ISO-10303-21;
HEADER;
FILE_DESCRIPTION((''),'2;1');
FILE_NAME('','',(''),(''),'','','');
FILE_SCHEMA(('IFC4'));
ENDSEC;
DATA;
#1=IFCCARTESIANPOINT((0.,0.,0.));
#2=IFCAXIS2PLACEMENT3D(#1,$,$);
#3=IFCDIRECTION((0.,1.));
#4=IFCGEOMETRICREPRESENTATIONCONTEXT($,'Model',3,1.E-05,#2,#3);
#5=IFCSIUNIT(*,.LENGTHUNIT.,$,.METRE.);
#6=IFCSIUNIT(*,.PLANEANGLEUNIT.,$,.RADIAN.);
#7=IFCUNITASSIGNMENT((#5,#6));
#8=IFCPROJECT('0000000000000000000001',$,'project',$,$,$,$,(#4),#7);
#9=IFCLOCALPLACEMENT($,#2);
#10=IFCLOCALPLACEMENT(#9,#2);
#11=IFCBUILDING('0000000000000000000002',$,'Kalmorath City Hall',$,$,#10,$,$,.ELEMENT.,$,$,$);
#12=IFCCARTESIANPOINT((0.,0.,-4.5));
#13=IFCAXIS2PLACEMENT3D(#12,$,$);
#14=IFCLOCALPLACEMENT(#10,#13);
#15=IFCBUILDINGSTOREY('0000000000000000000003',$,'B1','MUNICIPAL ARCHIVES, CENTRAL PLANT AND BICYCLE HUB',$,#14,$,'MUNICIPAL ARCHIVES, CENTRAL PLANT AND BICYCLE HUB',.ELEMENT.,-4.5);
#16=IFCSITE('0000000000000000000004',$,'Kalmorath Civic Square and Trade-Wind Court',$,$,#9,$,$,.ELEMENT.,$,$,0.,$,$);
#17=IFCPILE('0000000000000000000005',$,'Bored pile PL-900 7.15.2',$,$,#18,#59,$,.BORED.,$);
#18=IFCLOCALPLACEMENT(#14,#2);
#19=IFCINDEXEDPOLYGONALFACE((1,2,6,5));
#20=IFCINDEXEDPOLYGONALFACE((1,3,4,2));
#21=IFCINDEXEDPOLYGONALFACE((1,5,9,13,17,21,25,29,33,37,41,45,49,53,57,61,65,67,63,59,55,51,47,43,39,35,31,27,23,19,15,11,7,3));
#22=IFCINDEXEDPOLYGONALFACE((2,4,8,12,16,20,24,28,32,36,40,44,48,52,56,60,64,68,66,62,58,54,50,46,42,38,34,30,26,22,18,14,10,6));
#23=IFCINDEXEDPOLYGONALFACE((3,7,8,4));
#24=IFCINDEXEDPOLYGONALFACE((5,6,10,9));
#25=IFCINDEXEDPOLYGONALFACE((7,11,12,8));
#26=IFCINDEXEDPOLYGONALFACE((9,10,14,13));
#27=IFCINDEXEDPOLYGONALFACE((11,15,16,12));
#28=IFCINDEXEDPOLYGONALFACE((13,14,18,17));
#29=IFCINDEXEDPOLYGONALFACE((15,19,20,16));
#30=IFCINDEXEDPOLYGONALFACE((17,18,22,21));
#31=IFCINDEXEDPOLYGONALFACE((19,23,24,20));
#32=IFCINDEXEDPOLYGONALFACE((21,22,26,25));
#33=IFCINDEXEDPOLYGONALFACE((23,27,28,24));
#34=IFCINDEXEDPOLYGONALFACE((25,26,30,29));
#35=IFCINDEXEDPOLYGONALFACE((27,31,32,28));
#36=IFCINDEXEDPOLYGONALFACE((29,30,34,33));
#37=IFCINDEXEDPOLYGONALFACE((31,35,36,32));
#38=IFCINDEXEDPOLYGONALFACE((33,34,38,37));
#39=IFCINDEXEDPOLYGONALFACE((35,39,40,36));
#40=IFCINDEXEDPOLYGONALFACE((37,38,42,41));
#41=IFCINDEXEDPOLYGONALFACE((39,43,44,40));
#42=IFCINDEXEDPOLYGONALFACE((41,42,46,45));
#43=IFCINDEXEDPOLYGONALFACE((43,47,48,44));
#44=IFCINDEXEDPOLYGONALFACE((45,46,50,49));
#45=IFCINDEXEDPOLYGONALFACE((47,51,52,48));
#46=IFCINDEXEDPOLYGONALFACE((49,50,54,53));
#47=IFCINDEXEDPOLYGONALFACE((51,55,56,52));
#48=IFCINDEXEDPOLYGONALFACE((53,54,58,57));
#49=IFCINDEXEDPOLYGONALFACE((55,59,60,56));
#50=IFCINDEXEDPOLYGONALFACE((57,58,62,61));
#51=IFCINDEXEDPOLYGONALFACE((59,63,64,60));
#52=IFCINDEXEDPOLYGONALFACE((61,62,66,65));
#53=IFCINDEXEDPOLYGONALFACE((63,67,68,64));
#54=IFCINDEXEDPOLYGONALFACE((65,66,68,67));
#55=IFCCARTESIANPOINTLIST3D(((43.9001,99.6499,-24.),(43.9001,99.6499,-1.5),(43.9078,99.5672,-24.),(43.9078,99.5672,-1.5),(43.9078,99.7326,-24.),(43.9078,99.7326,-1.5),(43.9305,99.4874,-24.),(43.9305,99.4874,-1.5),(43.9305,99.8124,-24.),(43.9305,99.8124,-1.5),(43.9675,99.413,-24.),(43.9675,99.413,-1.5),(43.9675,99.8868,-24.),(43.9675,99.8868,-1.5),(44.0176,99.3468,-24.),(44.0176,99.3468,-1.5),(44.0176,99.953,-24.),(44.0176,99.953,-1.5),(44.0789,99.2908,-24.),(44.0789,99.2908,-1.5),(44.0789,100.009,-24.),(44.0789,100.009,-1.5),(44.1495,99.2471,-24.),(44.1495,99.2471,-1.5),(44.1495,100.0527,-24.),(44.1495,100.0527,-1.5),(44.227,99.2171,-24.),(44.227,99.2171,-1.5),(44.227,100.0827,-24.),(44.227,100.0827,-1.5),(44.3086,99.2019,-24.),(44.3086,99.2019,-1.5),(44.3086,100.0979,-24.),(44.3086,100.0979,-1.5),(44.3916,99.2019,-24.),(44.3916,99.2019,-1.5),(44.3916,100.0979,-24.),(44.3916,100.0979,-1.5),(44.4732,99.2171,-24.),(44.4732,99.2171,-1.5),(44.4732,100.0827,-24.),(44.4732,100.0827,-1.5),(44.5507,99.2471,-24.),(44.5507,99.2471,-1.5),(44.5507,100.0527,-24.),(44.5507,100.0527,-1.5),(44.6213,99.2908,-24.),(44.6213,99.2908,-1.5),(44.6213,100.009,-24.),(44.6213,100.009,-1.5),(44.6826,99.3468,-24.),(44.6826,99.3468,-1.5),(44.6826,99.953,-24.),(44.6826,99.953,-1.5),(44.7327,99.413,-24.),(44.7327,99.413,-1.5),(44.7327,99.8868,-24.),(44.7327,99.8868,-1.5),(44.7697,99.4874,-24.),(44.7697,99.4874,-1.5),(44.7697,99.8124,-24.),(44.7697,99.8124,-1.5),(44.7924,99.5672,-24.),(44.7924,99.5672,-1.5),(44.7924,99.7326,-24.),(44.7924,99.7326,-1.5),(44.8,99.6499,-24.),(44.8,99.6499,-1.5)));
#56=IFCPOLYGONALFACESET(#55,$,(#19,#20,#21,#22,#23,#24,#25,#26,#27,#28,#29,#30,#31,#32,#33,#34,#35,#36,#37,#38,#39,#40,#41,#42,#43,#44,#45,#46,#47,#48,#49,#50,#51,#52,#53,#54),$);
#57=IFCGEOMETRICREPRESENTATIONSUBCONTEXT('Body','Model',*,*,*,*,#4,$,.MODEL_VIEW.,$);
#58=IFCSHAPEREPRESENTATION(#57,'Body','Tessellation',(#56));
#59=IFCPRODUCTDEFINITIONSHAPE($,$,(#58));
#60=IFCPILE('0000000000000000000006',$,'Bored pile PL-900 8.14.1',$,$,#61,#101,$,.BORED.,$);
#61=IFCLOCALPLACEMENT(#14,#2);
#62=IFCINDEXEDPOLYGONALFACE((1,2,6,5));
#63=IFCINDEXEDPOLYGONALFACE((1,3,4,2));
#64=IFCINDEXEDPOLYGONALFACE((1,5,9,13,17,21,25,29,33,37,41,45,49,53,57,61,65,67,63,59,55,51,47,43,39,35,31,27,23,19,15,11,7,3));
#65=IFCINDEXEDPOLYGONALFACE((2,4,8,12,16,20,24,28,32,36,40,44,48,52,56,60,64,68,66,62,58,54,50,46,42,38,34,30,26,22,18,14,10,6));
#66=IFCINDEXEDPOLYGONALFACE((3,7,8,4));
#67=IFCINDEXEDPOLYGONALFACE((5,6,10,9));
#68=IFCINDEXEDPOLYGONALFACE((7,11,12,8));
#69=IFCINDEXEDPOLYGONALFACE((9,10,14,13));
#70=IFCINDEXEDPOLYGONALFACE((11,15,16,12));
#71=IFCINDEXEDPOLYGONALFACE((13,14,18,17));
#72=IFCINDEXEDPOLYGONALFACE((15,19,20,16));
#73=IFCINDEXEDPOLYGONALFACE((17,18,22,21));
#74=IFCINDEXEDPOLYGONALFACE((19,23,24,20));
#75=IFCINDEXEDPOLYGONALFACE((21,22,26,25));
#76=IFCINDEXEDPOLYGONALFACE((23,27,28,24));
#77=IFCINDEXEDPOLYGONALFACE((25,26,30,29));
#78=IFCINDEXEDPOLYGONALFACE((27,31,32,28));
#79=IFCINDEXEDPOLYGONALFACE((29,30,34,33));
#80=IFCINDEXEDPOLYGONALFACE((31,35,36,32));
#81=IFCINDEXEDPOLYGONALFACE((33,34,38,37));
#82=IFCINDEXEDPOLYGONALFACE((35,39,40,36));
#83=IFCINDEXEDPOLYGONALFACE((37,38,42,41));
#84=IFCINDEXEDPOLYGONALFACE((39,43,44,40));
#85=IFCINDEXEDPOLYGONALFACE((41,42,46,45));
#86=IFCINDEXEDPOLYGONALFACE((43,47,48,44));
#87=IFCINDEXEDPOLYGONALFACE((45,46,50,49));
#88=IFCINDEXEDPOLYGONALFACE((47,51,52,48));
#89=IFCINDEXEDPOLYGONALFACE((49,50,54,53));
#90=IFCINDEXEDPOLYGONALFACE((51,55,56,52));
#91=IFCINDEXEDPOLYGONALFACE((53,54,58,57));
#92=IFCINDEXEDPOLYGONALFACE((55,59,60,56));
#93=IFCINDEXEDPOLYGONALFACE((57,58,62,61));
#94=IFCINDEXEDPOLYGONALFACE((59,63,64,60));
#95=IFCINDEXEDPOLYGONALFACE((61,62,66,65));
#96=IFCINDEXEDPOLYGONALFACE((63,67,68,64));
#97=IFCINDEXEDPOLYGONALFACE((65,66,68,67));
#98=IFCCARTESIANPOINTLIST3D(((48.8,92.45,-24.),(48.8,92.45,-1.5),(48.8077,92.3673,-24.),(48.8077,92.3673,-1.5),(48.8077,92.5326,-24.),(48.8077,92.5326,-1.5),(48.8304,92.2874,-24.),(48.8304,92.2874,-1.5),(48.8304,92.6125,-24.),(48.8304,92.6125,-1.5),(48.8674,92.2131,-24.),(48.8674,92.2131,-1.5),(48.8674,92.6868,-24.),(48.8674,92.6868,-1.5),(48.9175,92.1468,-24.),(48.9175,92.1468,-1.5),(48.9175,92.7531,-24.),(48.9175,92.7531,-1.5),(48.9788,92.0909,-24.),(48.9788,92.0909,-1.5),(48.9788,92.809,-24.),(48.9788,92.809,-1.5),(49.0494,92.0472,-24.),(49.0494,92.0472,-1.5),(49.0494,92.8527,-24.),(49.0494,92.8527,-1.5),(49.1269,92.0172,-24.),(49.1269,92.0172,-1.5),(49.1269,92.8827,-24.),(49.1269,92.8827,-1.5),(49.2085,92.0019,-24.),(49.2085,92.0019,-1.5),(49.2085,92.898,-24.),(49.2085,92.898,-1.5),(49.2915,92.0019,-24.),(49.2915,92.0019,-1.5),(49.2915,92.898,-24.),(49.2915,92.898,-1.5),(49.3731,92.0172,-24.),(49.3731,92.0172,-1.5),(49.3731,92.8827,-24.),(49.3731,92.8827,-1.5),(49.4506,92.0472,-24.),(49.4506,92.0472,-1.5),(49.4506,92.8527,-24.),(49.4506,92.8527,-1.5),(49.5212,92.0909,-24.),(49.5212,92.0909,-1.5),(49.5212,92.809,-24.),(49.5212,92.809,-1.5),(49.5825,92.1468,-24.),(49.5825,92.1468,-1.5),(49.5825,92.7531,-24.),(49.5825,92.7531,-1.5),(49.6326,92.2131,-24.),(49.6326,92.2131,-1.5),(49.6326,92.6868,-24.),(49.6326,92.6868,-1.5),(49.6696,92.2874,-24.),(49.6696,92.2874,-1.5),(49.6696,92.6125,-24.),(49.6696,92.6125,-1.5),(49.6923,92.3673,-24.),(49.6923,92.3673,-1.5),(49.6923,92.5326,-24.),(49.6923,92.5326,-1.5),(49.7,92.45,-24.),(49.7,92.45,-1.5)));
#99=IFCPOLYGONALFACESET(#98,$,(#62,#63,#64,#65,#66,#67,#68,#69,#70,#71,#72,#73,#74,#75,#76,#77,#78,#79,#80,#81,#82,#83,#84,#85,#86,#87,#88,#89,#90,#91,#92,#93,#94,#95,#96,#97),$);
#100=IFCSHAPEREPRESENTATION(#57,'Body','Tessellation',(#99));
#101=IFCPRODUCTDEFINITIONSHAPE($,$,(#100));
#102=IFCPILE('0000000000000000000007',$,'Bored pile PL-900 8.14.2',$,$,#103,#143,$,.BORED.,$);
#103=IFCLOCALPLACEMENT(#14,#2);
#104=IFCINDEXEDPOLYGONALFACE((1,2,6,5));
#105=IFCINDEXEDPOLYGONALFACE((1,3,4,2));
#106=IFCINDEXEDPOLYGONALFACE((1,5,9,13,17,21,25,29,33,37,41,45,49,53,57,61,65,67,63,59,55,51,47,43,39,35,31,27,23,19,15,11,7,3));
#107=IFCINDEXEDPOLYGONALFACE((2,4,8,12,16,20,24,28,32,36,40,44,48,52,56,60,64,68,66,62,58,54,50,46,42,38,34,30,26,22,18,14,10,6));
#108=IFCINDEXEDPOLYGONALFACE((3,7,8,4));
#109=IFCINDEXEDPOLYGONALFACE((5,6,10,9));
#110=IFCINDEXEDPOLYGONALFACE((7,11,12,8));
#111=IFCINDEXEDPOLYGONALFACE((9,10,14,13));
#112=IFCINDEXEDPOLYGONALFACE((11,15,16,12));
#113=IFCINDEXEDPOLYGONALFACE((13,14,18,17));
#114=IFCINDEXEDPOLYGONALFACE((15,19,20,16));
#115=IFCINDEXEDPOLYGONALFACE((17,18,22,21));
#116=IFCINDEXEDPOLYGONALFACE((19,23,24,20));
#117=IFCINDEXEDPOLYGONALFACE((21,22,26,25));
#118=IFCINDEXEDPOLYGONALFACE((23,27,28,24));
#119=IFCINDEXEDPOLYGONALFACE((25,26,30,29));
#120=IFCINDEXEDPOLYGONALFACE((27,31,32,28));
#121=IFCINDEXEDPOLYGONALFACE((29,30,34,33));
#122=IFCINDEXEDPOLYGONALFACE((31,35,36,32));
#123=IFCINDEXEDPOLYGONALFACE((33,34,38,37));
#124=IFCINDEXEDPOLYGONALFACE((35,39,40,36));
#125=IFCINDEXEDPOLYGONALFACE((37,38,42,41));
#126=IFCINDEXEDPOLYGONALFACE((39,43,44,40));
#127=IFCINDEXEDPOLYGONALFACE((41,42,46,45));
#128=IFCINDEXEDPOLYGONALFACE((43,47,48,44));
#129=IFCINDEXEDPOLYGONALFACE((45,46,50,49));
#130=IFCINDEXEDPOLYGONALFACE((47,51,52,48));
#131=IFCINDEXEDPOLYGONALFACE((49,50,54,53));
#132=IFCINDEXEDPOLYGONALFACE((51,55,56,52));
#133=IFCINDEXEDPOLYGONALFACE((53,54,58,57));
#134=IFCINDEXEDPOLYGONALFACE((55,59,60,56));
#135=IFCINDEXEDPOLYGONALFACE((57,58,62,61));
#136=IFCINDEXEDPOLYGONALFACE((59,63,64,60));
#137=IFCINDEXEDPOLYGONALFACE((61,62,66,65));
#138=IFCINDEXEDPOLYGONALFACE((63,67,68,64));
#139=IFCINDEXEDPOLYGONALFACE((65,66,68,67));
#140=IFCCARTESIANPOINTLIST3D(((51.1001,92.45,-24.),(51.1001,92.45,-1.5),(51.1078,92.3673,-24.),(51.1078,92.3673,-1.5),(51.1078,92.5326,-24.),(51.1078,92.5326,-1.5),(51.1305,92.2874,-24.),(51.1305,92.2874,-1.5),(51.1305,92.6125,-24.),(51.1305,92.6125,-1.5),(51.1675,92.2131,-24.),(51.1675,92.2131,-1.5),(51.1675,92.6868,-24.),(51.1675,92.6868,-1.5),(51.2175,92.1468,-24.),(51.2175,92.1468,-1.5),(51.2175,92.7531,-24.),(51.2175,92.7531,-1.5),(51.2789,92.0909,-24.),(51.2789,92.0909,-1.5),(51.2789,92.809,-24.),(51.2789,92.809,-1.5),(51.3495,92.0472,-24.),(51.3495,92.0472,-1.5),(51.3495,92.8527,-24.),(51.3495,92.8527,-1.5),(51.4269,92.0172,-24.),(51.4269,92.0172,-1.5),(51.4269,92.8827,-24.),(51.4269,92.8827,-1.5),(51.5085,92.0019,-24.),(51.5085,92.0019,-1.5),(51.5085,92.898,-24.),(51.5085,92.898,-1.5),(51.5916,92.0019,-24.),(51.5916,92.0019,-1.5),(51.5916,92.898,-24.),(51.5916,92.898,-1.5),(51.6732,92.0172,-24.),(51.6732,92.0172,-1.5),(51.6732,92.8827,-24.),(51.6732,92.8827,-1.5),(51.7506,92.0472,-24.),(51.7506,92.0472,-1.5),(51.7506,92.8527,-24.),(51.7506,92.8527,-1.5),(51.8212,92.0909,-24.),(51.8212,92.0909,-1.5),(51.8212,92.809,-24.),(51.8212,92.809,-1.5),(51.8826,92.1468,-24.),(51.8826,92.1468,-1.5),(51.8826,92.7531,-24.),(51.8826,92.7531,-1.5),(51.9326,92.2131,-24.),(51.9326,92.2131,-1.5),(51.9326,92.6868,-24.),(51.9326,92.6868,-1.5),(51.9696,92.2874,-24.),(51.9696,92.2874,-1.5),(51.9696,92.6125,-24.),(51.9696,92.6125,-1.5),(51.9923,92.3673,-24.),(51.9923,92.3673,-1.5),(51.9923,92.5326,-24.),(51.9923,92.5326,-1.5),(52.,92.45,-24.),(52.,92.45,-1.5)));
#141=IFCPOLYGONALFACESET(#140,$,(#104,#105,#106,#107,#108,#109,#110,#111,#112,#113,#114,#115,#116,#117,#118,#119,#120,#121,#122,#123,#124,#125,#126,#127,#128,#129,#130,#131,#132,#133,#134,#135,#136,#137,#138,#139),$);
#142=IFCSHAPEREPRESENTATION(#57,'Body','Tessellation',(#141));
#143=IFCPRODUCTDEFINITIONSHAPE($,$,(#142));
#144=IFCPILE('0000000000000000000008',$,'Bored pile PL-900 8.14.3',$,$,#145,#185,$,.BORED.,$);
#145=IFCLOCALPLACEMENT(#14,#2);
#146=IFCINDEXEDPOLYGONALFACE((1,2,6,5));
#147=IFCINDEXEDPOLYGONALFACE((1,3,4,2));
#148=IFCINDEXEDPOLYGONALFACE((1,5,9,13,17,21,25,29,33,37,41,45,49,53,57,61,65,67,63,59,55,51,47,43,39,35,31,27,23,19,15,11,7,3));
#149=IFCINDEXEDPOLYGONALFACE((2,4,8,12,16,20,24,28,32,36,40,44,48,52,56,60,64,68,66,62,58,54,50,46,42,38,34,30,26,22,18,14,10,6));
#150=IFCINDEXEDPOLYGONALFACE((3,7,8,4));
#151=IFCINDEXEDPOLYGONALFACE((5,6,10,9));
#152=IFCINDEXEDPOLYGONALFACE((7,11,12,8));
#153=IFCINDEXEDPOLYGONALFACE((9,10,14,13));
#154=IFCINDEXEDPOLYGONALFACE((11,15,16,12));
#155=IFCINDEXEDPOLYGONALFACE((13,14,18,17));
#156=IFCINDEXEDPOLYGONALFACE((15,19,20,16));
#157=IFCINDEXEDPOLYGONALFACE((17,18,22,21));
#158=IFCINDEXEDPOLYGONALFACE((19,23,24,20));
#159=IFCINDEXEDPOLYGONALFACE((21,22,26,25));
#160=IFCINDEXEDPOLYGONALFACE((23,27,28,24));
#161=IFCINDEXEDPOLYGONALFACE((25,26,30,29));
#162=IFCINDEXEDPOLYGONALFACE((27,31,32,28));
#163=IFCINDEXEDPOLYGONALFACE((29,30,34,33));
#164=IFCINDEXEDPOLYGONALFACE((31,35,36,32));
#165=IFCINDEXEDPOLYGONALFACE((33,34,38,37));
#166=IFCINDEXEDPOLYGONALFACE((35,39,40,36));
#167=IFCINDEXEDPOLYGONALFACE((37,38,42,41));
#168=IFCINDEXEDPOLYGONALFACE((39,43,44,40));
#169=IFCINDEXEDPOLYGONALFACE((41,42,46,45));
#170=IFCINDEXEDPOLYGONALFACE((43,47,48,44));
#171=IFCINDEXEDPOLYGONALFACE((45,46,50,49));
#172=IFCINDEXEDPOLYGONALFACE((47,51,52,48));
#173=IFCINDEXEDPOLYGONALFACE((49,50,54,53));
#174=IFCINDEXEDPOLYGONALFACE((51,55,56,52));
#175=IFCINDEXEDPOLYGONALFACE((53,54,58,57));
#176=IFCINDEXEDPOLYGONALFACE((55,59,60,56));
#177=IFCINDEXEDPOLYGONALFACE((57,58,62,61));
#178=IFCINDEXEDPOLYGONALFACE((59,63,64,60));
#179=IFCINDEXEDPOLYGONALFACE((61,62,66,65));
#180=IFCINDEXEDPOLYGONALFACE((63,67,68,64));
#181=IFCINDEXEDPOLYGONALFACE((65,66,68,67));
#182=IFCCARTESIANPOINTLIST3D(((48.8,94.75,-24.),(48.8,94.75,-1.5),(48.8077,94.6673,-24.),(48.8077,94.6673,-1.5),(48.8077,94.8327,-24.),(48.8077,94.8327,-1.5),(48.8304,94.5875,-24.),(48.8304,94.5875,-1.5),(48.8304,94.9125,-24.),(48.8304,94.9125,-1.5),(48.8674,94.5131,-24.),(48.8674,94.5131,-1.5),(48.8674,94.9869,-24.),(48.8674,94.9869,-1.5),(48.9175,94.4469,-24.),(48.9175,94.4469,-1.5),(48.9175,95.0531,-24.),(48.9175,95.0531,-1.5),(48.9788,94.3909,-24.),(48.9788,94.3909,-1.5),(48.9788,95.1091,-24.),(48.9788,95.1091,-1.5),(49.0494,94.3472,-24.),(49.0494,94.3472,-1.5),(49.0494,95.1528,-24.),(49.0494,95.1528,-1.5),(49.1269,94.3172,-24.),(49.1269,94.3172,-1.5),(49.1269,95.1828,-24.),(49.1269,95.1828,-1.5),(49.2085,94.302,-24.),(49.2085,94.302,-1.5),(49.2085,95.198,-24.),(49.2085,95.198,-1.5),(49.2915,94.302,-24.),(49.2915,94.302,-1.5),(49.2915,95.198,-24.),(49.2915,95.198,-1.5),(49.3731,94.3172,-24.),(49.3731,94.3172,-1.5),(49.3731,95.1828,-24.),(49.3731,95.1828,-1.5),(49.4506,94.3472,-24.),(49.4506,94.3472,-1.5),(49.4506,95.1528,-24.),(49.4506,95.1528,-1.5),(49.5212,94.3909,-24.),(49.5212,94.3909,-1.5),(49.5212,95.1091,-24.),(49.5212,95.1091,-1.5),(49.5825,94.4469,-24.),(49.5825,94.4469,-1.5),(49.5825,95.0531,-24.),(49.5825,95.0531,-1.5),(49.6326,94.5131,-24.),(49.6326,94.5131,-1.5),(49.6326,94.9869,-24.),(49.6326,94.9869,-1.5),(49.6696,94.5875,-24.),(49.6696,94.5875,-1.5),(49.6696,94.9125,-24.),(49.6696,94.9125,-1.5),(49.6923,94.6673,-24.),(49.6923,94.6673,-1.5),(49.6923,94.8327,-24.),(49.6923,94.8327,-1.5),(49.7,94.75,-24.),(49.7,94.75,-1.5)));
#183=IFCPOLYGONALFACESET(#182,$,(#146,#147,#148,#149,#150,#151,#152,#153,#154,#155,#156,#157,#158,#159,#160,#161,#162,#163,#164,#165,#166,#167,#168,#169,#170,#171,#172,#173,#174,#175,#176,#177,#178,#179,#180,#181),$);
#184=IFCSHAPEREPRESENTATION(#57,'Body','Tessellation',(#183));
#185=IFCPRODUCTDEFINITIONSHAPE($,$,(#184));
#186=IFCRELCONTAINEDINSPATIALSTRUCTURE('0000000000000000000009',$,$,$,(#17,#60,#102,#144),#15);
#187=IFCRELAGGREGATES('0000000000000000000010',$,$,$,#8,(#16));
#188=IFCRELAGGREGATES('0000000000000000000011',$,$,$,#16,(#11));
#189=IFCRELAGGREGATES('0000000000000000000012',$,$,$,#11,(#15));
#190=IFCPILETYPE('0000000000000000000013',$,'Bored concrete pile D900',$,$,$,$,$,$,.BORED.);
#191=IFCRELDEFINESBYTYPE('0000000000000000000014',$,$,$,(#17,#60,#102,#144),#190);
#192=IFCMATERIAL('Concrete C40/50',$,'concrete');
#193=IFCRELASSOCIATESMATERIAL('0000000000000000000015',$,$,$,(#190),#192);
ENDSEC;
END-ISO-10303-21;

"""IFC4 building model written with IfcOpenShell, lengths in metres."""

from ifc_helpers import new_model, si_unit, direction, frame, origin, origin_2d, place, context, subcontext, project, spatial, circle, extrude, material, material_profile, profile_set, type_object, element, save


model = new_model("IFC4")

# Units and contexts
model_context = context("Model", 3, precision=1e-05, world=origin(), true_north=direction((0.0, 1.0)))
body_context = subcontext(model_context, "Body", "Model", "MODEL_VIEW")
ifc_project = project(units=[si_unit("LENGTHUNIT", "METRE"), si_unit("PLANEANGLEUNIT", "RADIAN")], contexts=[model_context])

# Site, building, storey
site_placement = place(None, origin())
site = spatial("IfcSite", under=ifc_project, at=site_placement, Name="Kalmorath Civic Square and Trade-Wind Court", CompositionType="ELEMENT", RefElevation=0.0)
building_placement = place(site_placement, origin())
building = spatial("IfcBuilding", under=site, at=building_placement, Name="Kalmorath City Hall", CompositionType="ELEMENT")
storey_placement = place(building_placement, frame((0.0, 0.0, -4.5)))
storey = spatial("IfcBuildingStorey", under=building, at=storey_placement, Name="B1", Description="MUNICIPAL ARCHIVES, CENTRAL PLANT AND BICYCLE HUB", LongName="MUNICIPAL ARCHIVES, CENTRAL PLANT AND BICYCLE HUB", CompositionType="ELEMENT", Elevation=-4.5)

# Piles
ifc_material_1 = material(Name="Concrete C40/50", Category="concrete")
ifc_material_profile_1 = material_profile(ifc_material_1, circle(Radius=0.45, at=origin_2d()), Name="PILE-D900")
ifc_profile_set_1 = profile_set([ifc_material_profile_1], Name="Concrete C40/50")
pile_type = type_object("IfcPileType", Name="Bored concrete pile D900", PredefinedType="BORED", material=ifc_profile_set_1)
for number, where, z_axis, x_axis, name in (
    (1, (44.3501, 99.6499, -1.5), (0.0, 0.0, -1.0), (1.0, 0.0, 0.0), "Bored pile PL-900 7.15.2"),
    (2, (49.25, 92.45, -1.5), (0.0, 0.0, -1.0), (1.0, 0.0, 0.0), "Bored pile PL-900 8.14.1"),
    (3, (51.55, 92.45, -1.5), (0.0, 0.0, -1.0), (1.0, 0.0, 0.0), "Bored pile PL-900 8.14.2"),
    (4, (49.25, 94.75, -1.5), (0.0, 0.0, -1.0), (1.0, 0.0, 0.0), "Bored pile PL-900 8.14.3"),
):
    element("IfcPile", number, at=place(storey_placement, frame(where, z_axis=z_axis, x_axis=x_axis)), inside=storey, type_object=pile_type, Name=name, PredefinedType="BORED", context=body_context, shape_type="SweptSolid", body=[
        extrude(circle(Radius=0.45, at=origin_2d()), origin(), (0.0, 0.0, 1.0), 22.5),
    ])

save(model, "model.ifc")
